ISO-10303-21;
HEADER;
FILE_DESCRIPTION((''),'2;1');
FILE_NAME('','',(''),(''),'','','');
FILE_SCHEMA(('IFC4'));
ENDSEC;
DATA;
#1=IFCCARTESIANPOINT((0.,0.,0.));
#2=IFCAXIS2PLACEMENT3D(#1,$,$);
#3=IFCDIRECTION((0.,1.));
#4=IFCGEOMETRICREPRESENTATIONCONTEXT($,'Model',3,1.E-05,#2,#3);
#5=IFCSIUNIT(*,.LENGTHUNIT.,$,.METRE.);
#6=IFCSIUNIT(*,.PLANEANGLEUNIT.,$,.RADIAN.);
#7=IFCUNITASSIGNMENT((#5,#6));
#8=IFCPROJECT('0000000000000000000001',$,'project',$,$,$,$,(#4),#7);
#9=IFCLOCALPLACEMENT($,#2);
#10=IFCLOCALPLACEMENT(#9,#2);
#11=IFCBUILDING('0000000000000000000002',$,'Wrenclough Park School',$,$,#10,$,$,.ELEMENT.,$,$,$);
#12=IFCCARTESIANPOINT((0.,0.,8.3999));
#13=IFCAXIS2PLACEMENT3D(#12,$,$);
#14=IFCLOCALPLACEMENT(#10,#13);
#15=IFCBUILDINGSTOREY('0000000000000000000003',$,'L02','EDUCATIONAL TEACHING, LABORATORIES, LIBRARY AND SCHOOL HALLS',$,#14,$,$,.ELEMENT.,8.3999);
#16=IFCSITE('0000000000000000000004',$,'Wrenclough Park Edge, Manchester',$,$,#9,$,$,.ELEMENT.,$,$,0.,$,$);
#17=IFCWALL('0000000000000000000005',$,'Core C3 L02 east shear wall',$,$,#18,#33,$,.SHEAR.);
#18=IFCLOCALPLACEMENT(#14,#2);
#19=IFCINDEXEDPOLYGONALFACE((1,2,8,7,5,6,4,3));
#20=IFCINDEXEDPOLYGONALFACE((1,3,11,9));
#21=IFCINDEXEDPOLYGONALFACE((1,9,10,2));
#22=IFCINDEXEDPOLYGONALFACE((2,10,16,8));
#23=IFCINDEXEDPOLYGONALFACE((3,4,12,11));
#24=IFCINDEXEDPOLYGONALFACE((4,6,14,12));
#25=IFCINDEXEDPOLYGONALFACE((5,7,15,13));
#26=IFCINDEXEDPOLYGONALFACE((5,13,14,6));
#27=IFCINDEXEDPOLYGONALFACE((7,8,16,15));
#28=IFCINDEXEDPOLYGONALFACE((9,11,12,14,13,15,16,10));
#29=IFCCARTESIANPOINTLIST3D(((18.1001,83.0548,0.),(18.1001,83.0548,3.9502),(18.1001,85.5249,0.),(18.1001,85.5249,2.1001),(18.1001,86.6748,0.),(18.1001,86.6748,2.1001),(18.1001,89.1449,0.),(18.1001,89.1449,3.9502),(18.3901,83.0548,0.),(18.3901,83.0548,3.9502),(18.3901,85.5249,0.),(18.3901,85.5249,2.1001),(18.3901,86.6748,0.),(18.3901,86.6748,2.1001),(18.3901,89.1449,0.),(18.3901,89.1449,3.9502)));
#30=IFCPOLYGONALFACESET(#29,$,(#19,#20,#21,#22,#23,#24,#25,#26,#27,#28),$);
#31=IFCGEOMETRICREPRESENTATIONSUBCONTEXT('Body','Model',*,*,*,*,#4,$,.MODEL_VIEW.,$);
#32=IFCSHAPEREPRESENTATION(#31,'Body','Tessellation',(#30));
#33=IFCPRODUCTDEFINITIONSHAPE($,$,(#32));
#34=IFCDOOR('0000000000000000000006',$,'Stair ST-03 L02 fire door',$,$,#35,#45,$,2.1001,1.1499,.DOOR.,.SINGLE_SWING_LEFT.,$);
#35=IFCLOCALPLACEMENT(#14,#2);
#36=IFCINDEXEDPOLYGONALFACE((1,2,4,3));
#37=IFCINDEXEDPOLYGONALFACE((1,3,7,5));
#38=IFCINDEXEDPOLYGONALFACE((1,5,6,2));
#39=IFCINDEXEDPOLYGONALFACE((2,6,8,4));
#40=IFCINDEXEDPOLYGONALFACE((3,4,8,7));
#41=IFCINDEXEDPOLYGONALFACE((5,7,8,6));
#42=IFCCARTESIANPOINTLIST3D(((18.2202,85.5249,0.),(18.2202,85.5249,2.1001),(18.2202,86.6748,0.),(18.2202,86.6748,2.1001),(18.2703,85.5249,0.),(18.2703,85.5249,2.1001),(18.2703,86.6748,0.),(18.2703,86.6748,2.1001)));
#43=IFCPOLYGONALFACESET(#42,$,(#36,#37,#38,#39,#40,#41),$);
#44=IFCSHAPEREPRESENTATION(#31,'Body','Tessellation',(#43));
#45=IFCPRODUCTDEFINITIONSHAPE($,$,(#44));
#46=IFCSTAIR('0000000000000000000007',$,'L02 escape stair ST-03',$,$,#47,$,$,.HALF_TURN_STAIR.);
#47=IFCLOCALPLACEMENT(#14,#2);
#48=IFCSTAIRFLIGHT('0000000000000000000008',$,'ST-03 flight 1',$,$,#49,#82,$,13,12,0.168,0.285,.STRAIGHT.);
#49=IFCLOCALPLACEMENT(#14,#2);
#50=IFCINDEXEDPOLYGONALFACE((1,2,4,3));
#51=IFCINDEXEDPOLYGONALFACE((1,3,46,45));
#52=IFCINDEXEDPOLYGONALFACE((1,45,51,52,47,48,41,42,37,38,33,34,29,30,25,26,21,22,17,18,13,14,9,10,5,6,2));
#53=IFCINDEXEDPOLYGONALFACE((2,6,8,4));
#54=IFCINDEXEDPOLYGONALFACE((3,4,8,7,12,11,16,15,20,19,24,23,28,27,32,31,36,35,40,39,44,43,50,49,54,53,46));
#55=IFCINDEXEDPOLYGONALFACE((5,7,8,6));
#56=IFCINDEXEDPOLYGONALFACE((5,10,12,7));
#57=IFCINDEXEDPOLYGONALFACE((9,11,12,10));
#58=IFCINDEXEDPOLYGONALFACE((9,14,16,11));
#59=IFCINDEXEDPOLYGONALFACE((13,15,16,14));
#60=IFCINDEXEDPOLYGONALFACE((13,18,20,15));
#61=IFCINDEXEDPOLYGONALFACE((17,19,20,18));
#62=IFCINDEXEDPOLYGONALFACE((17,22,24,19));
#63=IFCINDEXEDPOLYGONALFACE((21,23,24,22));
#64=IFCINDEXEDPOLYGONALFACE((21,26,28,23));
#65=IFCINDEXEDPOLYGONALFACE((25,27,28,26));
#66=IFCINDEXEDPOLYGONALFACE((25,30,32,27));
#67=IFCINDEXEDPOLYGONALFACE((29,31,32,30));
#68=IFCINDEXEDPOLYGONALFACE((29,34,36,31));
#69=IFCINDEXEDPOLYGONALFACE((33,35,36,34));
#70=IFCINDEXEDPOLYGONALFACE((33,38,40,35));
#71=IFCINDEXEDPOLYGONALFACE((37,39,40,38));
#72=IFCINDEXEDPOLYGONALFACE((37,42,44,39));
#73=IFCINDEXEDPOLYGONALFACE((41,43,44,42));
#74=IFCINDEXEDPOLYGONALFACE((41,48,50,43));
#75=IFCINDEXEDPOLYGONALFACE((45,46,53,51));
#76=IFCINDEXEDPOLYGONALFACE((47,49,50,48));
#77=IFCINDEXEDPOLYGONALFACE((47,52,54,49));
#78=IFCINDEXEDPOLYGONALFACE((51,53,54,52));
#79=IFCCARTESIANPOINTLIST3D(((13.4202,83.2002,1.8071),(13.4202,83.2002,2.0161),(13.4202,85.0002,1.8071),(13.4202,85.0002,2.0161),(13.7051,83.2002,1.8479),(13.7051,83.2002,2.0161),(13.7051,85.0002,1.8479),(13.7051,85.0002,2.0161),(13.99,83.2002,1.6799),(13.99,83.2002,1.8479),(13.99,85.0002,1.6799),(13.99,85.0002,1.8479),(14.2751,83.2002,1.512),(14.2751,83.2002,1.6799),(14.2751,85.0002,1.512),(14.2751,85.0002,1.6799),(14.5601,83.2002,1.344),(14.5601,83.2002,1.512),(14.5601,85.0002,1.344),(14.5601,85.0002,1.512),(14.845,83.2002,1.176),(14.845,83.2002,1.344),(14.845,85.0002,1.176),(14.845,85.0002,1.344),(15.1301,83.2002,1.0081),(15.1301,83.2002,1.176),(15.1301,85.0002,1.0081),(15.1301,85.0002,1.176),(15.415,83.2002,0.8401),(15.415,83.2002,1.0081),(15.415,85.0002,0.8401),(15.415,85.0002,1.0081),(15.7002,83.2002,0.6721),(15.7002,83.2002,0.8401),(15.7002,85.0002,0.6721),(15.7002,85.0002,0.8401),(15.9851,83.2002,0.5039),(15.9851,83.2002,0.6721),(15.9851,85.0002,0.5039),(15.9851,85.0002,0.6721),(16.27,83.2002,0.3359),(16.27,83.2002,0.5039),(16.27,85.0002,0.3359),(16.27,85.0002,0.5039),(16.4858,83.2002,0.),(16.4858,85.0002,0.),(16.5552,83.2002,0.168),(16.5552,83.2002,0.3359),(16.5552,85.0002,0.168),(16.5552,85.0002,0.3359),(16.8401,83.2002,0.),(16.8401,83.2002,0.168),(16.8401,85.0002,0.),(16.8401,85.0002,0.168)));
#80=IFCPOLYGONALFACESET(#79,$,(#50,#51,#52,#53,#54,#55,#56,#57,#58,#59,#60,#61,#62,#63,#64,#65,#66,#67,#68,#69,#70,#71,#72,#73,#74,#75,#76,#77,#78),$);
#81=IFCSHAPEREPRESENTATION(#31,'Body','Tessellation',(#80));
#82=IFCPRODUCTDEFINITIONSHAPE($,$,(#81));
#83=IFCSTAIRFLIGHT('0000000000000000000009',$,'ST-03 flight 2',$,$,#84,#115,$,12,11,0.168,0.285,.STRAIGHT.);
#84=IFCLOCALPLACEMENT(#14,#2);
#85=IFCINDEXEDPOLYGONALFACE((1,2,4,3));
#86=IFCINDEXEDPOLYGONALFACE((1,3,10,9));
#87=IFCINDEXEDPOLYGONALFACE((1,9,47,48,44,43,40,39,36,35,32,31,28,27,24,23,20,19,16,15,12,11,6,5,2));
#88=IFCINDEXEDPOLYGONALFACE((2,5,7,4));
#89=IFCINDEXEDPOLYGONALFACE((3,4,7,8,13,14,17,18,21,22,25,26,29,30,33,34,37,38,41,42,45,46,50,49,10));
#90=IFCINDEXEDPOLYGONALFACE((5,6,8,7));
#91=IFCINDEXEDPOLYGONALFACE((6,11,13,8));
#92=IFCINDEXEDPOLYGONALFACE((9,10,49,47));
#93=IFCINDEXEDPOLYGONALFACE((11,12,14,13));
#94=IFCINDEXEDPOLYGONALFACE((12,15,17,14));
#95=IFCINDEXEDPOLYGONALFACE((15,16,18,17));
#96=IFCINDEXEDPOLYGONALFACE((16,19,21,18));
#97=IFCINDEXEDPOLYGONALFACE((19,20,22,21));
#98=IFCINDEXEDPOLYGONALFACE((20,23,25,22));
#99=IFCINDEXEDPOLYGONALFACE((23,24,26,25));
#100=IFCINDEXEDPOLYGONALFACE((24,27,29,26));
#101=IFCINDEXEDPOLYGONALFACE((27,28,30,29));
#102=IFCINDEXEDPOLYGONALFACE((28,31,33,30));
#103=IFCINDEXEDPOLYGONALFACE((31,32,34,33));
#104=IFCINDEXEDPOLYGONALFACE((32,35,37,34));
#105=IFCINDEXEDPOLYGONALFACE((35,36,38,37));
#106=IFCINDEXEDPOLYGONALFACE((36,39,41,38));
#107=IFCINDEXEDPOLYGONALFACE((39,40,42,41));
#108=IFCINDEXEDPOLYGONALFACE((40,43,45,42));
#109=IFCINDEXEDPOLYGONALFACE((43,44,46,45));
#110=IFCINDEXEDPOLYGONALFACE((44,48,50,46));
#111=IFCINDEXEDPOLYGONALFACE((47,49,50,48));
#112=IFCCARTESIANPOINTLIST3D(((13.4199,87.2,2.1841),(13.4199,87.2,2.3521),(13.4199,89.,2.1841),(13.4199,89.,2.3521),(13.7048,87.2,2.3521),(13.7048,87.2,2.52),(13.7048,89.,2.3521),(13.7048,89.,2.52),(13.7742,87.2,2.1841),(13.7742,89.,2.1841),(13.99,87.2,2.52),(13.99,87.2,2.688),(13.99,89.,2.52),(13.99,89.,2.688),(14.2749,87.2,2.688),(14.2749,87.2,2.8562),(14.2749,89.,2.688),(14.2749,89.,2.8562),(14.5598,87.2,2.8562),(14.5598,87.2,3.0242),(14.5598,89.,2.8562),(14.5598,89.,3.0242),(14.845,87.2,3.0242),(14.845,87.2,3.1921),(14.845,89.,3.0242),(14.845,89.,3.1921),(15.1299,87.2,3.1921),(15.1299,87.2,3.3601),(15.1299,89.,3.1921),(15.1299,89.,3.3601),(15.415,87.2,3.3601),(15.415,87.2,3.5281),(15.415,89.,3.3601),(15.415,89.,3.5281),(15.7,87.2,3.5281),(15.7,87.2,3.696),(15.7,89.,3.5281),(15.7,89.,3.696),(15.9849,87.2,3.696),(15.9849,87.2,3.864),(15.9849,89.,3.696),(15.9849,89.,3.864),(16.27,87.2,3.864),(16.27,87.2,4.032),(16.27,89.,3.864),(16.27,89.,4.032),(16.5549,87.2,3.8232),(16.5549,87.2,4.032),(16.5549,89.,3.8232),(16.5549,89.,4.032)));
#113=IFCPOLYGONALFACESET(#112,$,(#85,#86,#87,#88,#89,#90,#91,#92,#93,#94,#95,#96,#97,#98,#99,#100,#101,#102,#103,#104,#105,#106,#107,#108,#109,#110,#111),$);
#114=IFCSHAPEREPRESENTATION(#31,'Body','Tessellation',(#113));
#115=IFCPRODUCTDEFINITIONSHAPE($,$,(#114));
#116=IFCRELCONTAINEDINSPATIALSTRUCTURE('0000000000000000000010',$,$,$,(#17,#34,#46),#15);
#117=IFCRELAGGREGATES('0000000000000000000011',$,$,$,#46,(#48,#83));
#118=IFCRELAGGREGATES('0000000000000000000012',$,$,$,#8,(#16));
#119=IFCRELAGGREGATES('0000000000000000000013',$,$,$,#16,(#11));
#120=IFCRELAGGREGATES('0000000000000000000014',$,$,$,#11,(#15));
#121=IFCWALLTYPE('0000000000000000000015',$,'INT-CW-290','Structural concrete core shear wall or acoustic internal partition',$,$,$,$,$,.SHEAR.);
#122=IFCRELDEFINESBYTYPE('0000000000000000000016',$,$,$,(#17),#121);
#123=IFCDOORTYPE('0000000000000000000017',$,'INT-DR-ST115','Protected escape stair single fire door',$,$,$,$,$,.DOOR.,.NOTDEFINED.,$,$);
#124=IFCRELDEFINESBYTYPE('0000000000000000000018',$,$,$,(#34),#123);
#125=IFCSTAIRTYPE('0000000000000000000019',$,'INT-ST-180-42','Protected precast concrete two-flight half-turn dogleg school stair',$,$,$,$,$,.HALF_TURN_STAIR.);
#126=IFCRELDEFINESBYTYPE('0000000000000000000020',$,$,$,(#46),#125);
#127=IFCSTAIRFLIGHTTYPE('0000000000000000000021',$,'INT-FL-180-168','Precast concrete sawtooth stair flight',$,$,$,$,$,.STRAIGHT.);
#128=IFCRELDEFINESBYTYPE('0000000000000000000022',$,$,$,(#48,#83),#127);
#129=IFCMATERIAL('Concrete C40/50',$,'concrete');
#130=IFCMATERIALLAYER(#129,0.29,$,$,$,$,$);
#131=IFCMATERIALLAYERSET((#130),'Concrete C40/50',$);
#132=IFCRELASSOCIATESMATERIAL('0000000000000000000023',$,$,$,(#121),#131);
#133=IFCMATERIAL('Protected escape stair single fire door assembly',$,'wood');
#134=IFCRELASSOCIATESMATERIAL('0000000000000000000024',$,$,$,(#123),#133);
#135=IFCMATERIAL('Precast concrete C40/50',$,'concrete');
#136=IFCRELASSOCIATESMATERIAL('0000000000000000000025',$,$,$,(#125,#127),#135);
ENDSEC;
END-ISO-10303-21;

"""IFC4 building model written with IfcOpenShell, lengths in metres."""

from ifc_helpers import new_model, si_unit, direction, frame, frame_2d, origin, place, context, subcontext, project, spatial, polyline, rectangle, outline, extrude, material, layer, layer_set, type_object, element, fill, aggregate, save


model = new_model("IFC4")

# Units and contexts
model_context = context("Model", 3, precision=1e-05, world=origin(), true_north=direction((0.0, 1.0)))
body_context = subcontext(model_context, "Body", "Model", "MODEL_VIEW")
ifc_project = project(units=[si_unit("LENGTHUNIT", "METRE"), si_unit("PLANEANGLEUNIT", "RADIAN")], contexts=[model_context])

# Site, building, storey
site_placement = place(None, origin())
site = spatial("IfcSite", under=ifc_project, at=site_placement, Name="Wrenclough Park Edge, Manchester", CompositionType="ELEMENT", RefElevation=0.0)
building_placement = place(site_placement, origin())
building = spatial("IfcBuilding", under=site, at=building_placement, Name="Wrenclough Park School", CompositionType="ELEMENT")
storey_placement = place(building_placement, frame((0.0, 0.0, 8.3999)))
storey = spatial("IfcBuildingStorey", under=building, at=storey_placement, Name="L02", Description="EDUCATIONAL TEACHING, LABORATORIES, LIBRARY AND SCHOOL HALLS", CompositionType="ELEMENT", Elevation=8.3999)

# Shared definitions
ifc_material_1 = material(Name="Concrete C40/50", Category="concrete")
ifc_layer_1 = layer(ifc_material_1, 0.29)
ifc_layer_set_1 = layer_set([ifc_layer_1], Name="Concrete C40/50")
wall_type_1 = type_object("IfcWallType", Name="INT-CW-290", Description="Structural concrete core shear wall or acoustic internal partition", PredefinedType="SHEAR", material=ifc_layer_set_1)

# Wall, opening, door
wall_1_placement = place(storey_placement, frame((18.2451, 83.0549, 0.0), z_axis=(0.0, 0.0, 1.0), x_axis=(0.0, 1.0, 0.0)))
wall_1 = element("IfcWall", 1, at=wall_1_placement, inside=storey, type_object=wall_type_1, Name="Core C3 L02 east shear wall", PredefinedType="SHEAR", context=body_context, shape_type="SweptSolid", body=[
    extrude(rectangle(XDim=6.0901, YDim=0.29, at=frame_2d((3.0449, 0.0))), origin(), (0.0, 0.0, 1.0), 3.9502),
])
opening_1_placement = place(wall_1_placement, frame((2.47, 0.0, 0.0)))
opening_1 = element("IfcOpeningElement", 2, at=opening_1_placement, cuts=wall_1, PredefinedType="OPENING", context=body_context, shape_type="SweptSolid", body=[
    extrude(rectangle(XDim=1.1499, YDim=2.1001, at=frame_2d((0.575, 1.05))), frame((0.0, 0.155, 0.0), z_axis=(0.0, -1.0, 0.0), x_axis=(1.0, 0.0, 0.0)), (0.0, 0.0, 1.0), 0.3101),
])
ifc_material_2 = material(Name="Protected escape stair single fire door assembly", Category="wood")
door_type = type_object("IfcDoorType", Name="INT-DR-ST115", Description="Protected escape stair single fire door", OperationType="NOTDEFINED", PredefinedType="DOOR", material=ifc_material_2)
door_placement = place(opening_1_placement, origin())
door = element("IfcDoor", 3, at=door_placement, inside=storey, type_object=door_type, Name="Stair ST-03 L02 fire door", OperationType="SINGLE_SWING_LEFT", OverallHeight=2.1001, OverallWidth=1.1499, PredefinedType="DOOR", context=body_context, shape_type="SweptSolid", body=[
    extrude(rectangle(XDim=1.1499, YDim=2.1001, at=frame_2d((0.575, 1.05))), frame((0.0, 0.0249, 0.0), z_axis=(0.0, -1.0, 0.0), x_axis=(1.0, 0.0, 0.0)), (0.0, 0.0, 1.0), 0.05),
])
fill(opening_1, door)

# Stair, stair flights
ifc_material_3 = material(Name="Precast concrete C40/50", Category="concrete")
stair_type = type_object("IfcStairType", Name="INT-ST-180-42", Description="Protected precast concrete two-flight half-turn dogleg school stair", PredefinedType="HALF_TURN_STAIR", material=ifc_material_3)
stair_placement = place(storey_placement, origin())
stair = element("IfcStair", 4, at=stair_placement, inside=storey, type_object=stair_type, Name="L02 escape stair ST-03", PredefinedType="HALF_TURN_STAIR")
stair_flight_type = type_object("IfcStairFlightType", Name="INT-FL-180-168", Description="Precast concrete sawtooth stair flight", PredefinedType="STRAIGHT", material=ifc_material_3)
stair_flight_1_placement = place(storey_placement, frame((16.8401, 84.1001, 0.0), z_axis=(0.0, 0.0, 1.0), x_axis=(-1.0, 0.0, 0.0)))
stair_flight_1 = element("IfcStairFlight", 5, at=stair_flight_1_placement, type_object=stair_flight_type, Name="ST-03 flight 1", NumberOfRisers=13, NumberOfTreads=12, PredefinedType="STRAIGHT", RiserHeight=0.168, TreadLength=0.285, context=body_context, shape_type="SweptSolid", body=[
    extrude(outline(polyline([(0.0, 0.0), (0.0, 0.168), (0.2849, 0.168), (0.2849, 0.3359), (0.5701, 0.3359), (0.5701, 0.5039), (0.855, 0.5039), (0.855, 0.6721), (1.1399, 0.6721), (1.1399, 0.8401), (1.425, 0.8401), (1.425, 1.0081), (1.71, 1.0081), (1.71, 1.176), (1.9951, 1.176), (1.9951, 1.344), (2.28, 1.344), (2.28, 1.512), (2.5649, 1.512), (2.5649, 1.6799), (2.8501, 1.6799), (2.8501, 1.8479), (3.135, 1.8479), (3.135, 2.0161), (3.4199, 2.0161), (3.4199, 2.1841), (3.4199, 1.8071), (0.3542, 0.0), (0.0, 0.0)])), frame((0.0, 0.8999, 0.0), z_axis=(0.0, -1.0, 0.0), x_axis=(1.0, 0.0, 0.0)), (0.0, 0.0, 1.0), 1.8),
])
stair_flight_2_placement = place(storey_placement, frame((13.4199, 88.1001, 2.1841), z_axis=(0.0, 0.0, 1.0), x_axis=(1.0, 0.0, 0.0)))
stair_flight_2 = element("IfcStairFlight", 6, at=stair_flight_2_placement, type_object=stair_flight_type, Name="ST-03 flight 2", NumberOfRisers=12, NumberOfTreads=11, PredefinedType="STRAIGHT", RiserHeight=0.168, TreadLength=0.285, context=body_context, shape_type="SweptSolid", body=[
    extrude(outline(polyline([(0.0, 0.0), (0.0, 0.168), (0.2849, 0.168), (0.2849, 0.3359), (0.5701, 0.3359), (0.5701, 0.5039), (0.855, 0.5039), (0.855, 0.6721), (1.1399, 0.6721), (1.1399, 0.8401), (1.425, 0.8401), (1.425, 1.0081), (1.71, 1.0081), (1.71, 1.176), (1.9951, 1.176), (1.9951, 1.344), (2.28, 1.344), (2.28, 1.512), (2.5649, 1.512), (2.5649, 1.6799), (2.8501, 1.6799), (2.8501, 1.8479), (3.135, 1.8479), (3.135, 2.0161), (3.135, 1.6392), (0.3542, 0.0), (0.0, 0.0)])), frame((0.0, 0.8999, 0.0), z_axis=(0.0, -1.0, 0.0), x_axis=(1.0, 0.0, 0.0)), (0.0, 0.0, 1.0), 1.8),
])
aggregate(stair, [stair_flight_1, stair_flight_2])

save(model, "model.ifc")
